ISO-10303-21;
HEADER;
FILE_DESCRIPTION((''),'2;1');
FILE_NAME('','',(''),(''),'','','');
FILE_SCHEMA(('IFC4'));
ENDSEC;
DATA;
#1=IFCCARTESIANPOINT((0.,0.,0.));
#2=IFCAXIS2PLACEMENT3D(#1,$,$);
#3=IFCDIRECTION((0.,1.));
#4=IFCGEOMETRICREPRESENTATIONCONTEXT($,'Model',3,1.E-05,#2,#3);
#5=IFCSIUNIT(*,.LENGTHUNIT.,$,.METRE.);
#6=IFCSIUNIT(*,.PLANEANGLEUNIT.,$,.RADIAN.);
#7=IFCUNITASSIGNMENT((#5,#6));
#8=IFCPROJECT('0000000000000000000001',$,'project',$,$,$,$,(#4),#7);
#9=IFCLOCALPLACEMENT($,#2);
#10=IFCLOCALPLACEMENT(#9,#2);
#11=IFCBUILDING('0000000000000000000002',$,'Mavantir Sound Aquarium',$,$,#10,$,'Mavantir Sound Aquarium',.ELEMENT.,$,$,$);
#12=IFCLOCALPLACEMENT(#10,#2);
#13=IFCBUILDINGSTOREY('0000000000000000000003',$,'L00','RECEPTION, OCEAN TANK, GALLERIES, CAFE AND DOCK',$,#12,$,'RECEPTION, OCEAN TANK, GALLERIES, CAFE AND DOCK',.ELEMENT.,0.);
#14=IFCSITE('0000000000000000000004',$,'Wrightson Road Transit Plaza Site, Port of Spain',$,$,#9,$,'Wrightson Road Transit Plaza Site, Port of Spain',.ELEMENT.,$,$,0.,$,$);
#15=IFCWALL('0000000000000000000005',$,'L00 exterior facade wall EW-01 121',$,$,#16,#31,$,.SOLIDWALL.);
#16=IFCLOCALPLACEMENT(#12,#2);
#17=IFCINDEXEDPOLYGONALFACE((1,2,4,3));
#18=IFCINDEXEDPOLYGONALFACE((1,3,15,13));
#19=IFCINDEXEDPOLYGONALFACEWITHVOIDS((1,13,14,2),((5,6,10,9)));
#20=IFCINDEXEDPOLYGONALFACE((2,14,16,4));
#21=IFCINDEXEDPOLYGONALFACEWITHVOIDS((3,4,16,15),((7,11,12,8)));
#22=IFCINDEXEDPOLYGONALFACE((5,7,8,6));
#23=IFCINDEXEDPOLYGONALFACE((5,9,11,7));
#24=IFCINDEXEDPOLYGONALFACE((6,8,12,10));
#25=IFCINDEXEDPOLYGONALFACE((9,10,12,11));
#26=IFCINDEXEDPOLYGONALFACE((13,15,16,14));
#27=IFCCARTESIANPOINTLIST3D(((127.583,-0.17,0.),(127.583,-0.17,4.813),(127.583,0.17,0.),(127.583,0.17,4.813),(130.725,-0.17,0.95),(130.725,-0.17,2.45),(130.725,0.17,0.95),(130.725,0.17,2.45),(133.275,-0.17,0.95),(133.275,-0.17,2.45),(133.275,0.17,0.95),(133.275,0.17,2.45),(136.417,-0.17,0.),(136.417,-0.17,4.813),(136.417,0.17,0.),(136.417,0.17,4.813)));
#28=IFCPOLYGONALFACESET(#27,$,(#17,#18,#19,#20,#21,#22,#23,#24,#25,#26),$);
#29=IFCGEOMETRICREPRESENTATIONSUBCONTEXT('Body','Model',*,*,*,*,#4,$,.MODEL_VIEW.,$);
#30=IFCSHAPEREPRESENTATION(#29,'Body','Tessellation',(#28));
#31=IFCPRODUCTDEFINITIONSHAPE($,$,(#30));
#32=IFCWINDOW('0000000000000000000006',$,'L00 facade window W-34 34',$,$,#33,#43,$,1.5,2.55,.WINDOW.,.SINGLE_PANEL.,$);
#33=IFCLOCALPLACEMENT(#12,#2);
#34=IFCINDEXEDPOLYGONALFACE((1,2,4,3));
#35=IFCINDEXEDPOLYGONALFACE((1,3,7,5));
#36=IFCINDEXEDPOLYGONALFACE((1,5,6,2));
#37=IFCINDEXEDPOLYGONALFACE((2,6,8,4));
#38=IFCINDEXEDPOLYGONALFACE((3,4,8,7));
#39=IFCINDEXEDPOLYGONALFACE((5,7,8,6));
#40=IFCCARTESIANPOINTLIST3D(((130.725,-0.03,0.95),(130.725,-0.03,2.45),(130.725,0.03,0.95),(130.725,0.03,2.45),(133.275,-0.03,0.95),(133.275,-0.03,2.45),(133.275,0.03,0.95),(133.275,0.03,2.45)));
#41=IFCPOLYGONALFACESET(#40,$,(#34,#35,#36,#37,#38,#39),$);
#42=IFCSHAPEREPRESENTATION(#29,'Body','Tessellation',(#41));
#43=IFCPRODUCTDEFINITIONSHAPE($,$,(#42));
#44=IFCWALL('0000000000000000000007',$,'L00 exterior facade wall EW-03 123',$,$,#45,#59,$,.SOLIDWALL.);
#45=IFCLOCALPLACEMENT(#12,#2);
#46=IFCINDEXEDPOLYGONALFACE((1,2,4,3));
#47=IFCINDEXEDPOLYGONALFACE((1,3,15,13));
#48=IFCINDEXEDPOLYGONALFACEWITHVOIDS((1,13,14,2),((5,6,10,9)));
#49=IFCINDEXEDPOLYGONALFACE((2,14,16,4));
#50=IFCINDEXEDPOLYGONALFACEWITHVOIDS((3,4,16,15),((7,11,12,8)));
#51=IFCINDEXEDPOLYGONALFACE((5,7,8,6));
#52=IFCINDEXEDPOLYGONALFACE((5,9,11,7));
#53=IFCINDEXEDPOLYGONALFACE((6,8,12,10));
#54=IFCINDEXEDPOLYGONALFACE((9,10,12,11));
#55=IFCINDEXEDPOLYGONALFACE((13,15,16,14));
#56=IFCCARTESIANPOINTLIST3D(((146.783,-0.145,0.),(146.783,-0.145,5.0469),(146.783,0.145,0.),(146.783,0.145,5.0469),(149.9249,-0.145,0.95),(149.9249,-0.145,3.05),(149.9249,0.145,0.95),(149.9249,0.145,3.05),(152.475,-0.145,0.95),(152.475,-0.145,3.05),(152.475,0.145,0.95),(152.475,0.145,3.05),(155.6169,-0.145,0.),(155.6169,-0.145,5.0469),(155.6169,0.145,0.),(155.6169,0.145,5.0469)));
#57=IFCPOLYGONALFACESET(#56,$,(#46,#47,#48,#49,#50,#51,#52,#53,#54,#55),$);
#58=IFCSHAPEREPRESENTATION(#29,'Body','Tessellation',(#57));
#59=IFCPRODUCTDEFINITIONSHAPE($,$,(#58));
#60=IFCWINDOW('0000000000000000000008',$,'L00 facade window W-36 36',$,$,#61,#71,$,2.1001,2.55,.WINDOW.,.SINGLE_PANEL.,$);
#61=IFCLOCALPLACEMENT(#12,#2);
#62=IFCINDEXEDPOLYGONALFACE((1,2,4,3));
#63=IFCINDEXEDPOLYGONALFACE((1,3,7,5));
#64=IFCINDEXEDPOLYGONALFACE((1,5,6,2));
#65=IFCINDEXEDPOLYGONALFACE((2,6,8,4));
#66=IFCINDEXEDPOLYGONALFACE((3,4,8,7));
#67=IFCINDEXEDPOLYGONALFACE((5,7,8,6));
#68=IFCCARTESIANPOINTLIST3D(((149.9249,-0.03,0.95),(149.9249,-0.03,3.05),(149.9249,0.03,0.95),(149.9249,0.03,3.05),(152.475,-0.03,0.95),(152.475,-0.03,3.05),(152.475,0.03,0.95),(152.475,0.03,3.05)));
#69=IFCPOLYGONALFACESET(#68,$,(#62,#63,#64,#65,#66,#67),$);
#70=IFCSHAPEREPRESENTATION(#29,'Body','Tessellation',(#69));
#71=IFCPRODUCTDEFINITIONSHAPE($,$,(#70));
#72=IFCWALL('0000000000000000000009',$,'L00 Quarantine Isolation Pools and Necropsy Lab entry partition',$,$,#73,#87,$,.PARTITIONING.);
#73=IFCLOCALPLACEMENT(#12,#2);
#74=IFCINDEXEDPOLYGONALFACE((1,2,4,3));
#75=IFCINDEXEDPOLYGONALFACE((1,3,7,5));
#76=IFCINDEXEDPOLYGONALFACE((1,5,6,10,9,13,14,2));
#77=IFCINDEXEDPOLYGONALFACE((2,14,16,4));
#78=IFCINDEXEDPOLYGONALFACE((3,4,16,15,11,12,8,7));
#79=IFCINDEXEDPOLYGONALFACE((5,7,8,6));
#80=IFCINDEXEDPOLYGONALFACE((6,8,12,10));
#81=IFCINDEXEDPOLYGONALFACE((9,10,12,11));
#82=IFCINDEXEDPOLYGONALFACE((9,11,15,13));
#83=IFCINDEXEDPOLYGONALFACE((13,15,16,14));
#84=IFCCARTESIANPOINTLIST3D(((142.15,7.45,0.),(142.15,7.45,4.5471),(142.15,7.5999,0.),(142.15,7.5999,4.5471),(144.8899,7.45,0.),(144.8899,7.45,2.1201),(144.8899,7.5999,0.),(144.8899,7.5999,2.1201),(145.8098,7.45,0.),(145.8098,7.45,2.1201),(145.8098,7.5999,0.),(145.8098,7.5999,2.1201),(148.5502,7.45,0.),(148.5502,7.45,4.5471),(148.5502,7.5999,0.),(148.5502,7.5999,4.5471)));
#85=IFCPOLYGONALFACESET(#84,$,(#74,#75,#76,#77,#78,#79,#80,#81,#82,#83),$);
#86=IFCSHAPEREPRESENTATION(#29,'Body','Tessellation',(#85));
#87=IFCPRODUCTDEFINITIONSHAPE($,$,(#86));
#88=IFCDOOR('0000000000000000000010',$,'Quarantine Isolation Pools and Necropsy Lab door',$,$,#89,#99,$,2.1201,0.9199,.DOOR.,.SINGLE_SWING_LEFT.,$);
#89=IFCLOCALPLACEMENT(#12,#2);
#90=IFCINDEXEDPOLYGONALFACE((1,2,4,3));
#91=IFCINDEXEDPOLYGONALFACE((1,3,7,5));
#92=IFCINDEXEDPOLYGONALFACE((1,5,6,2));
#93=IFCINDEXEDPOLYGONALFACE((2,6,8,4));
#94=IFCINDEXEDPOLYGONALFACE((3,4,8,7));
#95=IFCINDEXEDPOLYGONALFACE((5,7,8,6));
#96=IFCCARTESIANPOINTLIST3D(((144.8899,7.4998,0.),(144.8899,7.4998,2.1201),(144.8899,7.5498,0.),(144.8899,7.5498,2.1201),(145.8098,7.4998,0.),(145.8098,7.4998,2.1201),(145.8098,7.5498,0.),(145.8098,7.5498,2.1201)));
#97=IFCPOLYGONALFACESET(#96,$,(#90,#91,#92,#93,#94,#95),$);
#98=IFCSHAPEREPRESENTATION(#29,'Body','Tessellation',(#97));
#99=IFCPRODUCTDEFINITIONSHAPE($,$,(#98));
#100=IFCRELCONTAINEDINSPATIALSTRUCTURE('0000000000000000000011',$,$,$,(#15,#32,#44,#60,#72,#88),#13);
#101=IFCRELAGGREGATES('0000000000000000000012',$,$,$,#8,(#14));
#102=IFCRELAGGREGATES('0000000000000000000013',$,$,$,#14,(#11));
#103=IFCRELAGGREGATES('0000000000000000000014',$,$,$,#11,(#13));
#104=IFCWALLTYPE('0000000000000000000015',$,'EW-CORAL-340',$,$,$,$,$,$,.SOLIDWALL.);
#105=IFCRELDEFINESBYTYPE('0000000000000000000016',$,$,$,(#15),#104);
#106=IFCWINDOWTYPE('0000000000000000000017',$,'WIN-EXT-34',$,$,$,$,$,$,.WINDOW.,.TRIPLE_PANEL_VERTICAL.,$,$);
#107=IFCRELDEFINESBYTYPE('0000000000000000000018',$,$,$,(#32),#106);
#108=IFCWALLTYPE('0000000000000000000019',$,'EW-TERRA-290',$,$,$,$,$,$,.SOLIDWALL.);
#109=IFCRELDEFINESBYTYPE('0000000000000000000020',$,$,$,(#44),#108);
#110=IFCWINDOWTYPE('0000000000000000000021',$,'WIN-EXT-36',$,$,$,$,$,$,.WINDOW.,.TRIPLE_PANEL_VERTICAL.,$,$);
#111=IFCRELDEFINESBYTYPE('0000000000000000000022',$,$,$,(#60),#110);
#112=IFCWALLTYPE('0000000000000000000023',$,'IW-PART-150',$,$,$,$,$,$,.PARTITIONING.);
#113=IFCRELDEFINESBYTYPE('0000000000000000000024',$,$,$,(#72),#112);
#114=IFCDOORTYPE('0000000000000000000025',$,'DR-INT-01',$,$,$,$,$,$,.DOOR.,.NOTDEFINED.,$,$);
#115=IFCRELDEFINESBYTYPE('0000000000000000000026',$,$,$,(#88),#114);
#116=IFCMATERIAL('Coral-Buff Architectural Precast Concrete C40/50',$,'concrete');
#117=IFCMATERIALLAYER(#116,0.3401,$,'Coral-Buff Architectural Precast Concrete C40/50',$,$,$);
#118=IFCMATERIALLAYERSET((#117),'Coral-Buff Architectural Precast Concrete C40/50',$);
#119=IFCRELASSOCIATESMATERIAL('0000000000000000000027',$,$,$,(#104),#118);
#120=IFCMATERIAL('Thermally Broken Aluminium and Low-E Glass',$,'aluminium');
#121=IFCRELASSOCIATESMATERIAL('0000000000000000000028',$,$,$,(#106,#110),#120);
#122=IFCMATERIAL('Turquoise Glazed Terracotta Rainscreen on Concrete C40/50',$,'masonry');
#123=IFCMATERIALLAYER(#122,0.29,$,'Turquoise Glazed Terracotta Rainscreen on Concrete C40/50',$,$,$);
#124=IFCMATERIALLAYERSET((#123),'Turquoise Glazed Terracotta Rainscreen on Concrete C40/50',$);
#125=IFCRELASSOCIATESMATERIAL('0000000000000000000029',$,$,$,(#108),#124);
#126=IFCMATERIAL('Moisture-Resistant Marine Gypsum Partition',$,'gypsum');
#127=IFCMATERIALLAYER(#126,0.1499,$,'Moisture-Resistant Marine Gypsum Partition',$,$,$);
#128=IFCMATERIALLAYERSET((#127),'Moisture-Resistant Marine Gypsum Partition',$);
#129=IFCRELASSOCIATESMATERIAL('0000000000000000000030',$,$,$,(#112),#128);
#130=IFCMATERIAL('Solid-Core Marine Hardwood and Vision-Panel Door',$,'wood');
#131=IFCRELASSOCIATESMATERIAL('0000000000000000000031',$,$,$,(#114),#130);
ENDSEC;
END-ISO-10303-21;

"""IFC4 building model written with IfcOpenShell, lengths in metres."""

from ifc_helpers import new_model, si_unit, direction, frame, frame_2d, origin, place, context, subcontext, project, spatial, rectangle, extrude, material, layer, layer_set, type_object, element, fill, save


model = new_model("IFC4")

# Units and contexts
model_context = context("Model", 3, precision=1e-05, world=origin(), true_north=direction((0.0, 1.0)))
body_context = subcontext(model_context, "Body", "Model", "MODEL_VIEW")
ifc_project = project(units=[si_unit("LENGTHUNIT", "METRE"), si_unit("PLANEANGLEUNIT", "RADIAN")], contexts=[model_context])

# Site, building, storey
site_placement = place(None, origin())
site = spatial("IfcSite", under=ifc_project, at=site_placement, Name="Wrightson Road Transit Plaza Site, Port of Spain", LongName="Wrightson Road Transit Plaza Site, Port of Spain", CompositionType="ELEMENT", RefElevation=0.0)
building_placement = place(site_placement, origin())
building = spatial("IfcBuilding", under=site, at=building_placement, Name="Mavantir Sound Aquarium", LongName="Mavantir Sound Aquarium", CompositionType="ELEMENT")
storey_placement = place(building_placement, origin())
storey = spatial("IfcBuildingStorey", under=building, at=storey_placement, Name="L00", Description="RECEPTION, OCEAN TANK, GALLERIES, CAFE AND DOCK", LongName="RECEPTION, OCEAN TANK, GALLERIES, CAFE AND DOCK", CompositionType="ELEMENT", Elevation=0.0)

# Walls, openings, windows
ifc_material_1 = material(Name="Coral-Buff Architectural Precast Concrete C40/50", Category="concrete")
ifc_material_2 = material(Name="Thermally Broken Aluminium and Low-E Glass", Category="aluminium")
ifc_layer_1 = layer(ifc_material_1, 0.3401, Name="Coral-Buff Architectural Precast Concrete C40/50")
ifc_layer_set_1 = layer_set([ifc_layer_1], Name="Coral-Buff Architectural Precast Concrete C40/50")
wall_type_1 = type_object("IfcWallType", Name="EW-CORAL-340", PredefinedType="SOLIDWALL", material=ifc_layer_set_1)
wall_1_placement = place(storey_placement, frame((127.583, 0.0, 0.0), z_axis=(0.0, 0.0, 1.0), x_axis=(1.0, 0.0, 0.0)))
wall_1 = element("IfcWall", 1, at=wall_1_placement, inside=storey, type_object=wall_type_1, Name="L00 exterior facade wall EW-01 121", PredefinedType="SOLIDWALL", context=body_context, shape_type="SweptSolid", body=[
    extrude(rectangle(XDim=8.834, YDim=0.3401, at=frame_2d((4.417, 0.0))), origin(), (0.0, 0.0, 1.0), 4.813),
])
opening_1_placement = place(wall_1_placement, frame((3.1421, 0.0, 0.95)))
opening_1 = element("IfcOpeningElement", 2, at=opening_1_placement, cuts=wall_1, PredefinedType="OPENING", context=body_context, shape_type="SweptSolid", body=[
    extrude(rectangle(XDim=2.55, YDim=1.5, at=frame_2d((1.2749, 0.75))), frame((0.0, 0.1802, 0.0), z_axis=(0.0, -1.0, 0.0), x_axis=(1.0, 0.0, 0.0)), (0.0, 0.0, 1.0), 0.3601),
])
window_type_1 = type_object("IfcWindowType", Name="WIN-EXT-34", PartitioningType="TRIPLE_PANEL_VERTICAL", PredefinedType="WINDOW", material=ifc_material_2)
window_1_placement = place(opening_1_placement, origin())
window_1 = element("IfcWindow", 3, at=window_1_placement, inside=storey, type_object=window_type_1, Name="L00 facade window W-34 34", OverallHeight=1.5, OverallWidth=2.55, PartitioningType="SINGLE_PANEL", PredefinedType="WINDOW", context=body_context, shape_type="SweptSolid", body=[
    extrude(rectangle(XDim=2.55, YDim=1.5, at=frame_2d((1.2749, 0.75))), frame((0.0, 0.03, 0.0), z_axis=(0.0, -1.0, 0.0), x_axis=(1.0, 0.0, 0.0)), (0.0, 0.0, 1.0), 0.0601),
])
fill(opening_1, window_1)
ifc_material_3 = material(Name="Turquoise Glazed Terracotta Rainscreen on Concrete C40/50", Category="masonry")
ifc_layer_2 = layer(ifc_material_3, 0.29, Name="Turquoise Glazed Terracotta Rainscreen on Concrete C40/50")
ifc_layer_set_2 = layer_set([ifc_layer_2], Name="Turquoise Glazed Terracotta Rainscreen on Concrete C40/50")
wall_type_2 = type_object("IfcWallType", Name="EW-TERRA-290", PredefinedType="SOLIDWALL", material=ifc_layer_set_2)
wall_2_placement = place(storey_placement, frame((146.783, 0.0, 0.0), z_axis=(0.0, 0.0, 1.0), x_axis=(1.0, 0.0, 0.0)))
wall_2 = element("IfcWall", 4, at=wall_2_placement, inside=storey, type_object=wall_type_2, Name="L00 exterior facade wall EW-03 123", PredefinedType="SOLIDWALL", context=body_context, shape_type="SweptSolid", body=[
    extrude(rectangle(XDim=8.834, YDim=0.29, at=frame_2d((4.417, 0.0))), origin(), (0.0, 0.0, 1.0), 5.0469),
])
opening_2_placement = place(wall_2_placement, frame((3.1421, 0.0, 0.95)))
opening_2 = element("IfcOpeningElement", 5, at=opening_2_placement, cuts=wall_2, PredefinedType="OPENING", context=body_context, shape_type="SweptSolid", body=[
    extrude(rectangle(XDim=2.55, YDim=2.1001, at=frame_2d((1.2749, 1.05))), frame((0.0, 0.155, 0.0), z_axis=(0.0, -1.0, 0.0), x_axis=(1.0, 0.0, 0.0)), (0.0, 0.0, 1.0), 0.3101),
])
window_type_2 = type_object("IfcWindowType", Name="WIN-EXT-36", PartitioningType="TRIPLE_PANEL_VERTICAL", PredefinedType="WINDOW", material=ifc_material_2)
window_2_placement = place(opening_2_placement, origin())
window_2 = element("IfcWindow", 6, at=window_2_placement, inside=storey, type_object=window_type_2, Name="L00 facade window W-36 36", OverallHeight=2.1001, OverallWidth=2.55, PartitioningType="SINGLE_PANEL", PredefinedType="WINDOW", context=body_context, shape_type="SweptSolid", body=[
    extrude(rectangle(XDim=2.55, YDim=2.1001, at=frame_2d((1.2749, 1.05))), frame((0.0, 0.03, 0.0), z_axis=(0.0, -1.0, 0.0), x_axis=(1.0, 0.0, 0.0)), (0.0, 0.0, 1.0), 0.0601),
])
fill(opening_2, window_2)

# Wall, opening, door
ifc_material_4 = material(Name="Moisture-Resistant Marine Gypsum Partition", Category="gypsum")
ifc_layer_3 = layer(ifc_material_4, 0.1499, Name="Moisture-Resistant Marine Gypsum Partition")
ifc_layer_set_3 = layer_set([ifc_layer_3], Name="Moisture-Resistant Marine Gypsum Partition")
wall_type_3 = type_object("IfcWallType", Name="IW-PART-150", PredefinedType="PARTITIONING", material=ifc_layer_set_3)
wall_3_placement = place(storey_placement, frame((142.1499, 7.5249, 0.0), z_axis=(0.0, 0.0, 1.0), x_axis=(1.0, 0.0, 0.0)))
wall_3 = element("IfcWall", 7, at=wall_3_placement, inside=storey, type_object=wall_type_3, Name="L00 Quarantine Isolation Pools and Necropsy Lab entry partition", PredefinedType="PARTITIONING", context=body_context, shape_type="SweptSolid", body=[
    extrude(rectangle(XDim=6.4001, YDim=0.1499, at=frame_2d((3.2002, 0.0))), origin(), (0.0, 0.0, 1.0), 4.5471),
])
opening_3_placement = place(wall_3_placement, frame((2.74, 0.0, 0.0)))
opening_3 = element("IfcOpeningElement", 8, at=opening_3_placement, cuts=wall_3, PredefinedType="OPENING", context=body_context, shape_type="SweptSolid", body=[
    extrude(rectangle(XDim=0.9199, YDim=2.1201, at=frame_2d((0.46, 1.0601))), frame((0.0, 0.085, 0.0), z_axis=(0.0, -1.0, 0.0), x_axis=(1.0, 0.0, 0.0)), (0.0, 0.0, 1.0), 0.1699),
])
ifc_material_5 = material(Name="Solid-Core Marine Hardwood and Vision-Panel Door", Category="wood")
door_type = type_object("IfcDoorType", Name="DR-INT-01", OperationType="NOTDEFINED", PredefinedType="DOOR", material=ifc_material_5)
door_placement = place(opening_3_placement, origin())
door = element("IfcDoor", 9, at=door_placement, inside=storey, type_object=door_type, Name="Quarantine Isolation Pools and Necropsy Lab door", OperationType="SINGLE_SWING_LEFT", OverallHeight=2.1201, OverallWidth=0.9199, PredefinedType="DOOR", context=body_context, shape_type="SweptSolid", body=[
    extrude(rectangle(XDim=0.9199, YDim=2.1201, at=frame_2d((0.46, 1.0601))), frame((0.0, 0.0249, 0.0), z_axis=(0.0, -1.0, 0.0), x_axis=(1.0, 0.0, 0.0)), (0.0, 0.0, 1.0), 0.05),
])
fill(opening_3, door)

save(model, "model.ifc")
